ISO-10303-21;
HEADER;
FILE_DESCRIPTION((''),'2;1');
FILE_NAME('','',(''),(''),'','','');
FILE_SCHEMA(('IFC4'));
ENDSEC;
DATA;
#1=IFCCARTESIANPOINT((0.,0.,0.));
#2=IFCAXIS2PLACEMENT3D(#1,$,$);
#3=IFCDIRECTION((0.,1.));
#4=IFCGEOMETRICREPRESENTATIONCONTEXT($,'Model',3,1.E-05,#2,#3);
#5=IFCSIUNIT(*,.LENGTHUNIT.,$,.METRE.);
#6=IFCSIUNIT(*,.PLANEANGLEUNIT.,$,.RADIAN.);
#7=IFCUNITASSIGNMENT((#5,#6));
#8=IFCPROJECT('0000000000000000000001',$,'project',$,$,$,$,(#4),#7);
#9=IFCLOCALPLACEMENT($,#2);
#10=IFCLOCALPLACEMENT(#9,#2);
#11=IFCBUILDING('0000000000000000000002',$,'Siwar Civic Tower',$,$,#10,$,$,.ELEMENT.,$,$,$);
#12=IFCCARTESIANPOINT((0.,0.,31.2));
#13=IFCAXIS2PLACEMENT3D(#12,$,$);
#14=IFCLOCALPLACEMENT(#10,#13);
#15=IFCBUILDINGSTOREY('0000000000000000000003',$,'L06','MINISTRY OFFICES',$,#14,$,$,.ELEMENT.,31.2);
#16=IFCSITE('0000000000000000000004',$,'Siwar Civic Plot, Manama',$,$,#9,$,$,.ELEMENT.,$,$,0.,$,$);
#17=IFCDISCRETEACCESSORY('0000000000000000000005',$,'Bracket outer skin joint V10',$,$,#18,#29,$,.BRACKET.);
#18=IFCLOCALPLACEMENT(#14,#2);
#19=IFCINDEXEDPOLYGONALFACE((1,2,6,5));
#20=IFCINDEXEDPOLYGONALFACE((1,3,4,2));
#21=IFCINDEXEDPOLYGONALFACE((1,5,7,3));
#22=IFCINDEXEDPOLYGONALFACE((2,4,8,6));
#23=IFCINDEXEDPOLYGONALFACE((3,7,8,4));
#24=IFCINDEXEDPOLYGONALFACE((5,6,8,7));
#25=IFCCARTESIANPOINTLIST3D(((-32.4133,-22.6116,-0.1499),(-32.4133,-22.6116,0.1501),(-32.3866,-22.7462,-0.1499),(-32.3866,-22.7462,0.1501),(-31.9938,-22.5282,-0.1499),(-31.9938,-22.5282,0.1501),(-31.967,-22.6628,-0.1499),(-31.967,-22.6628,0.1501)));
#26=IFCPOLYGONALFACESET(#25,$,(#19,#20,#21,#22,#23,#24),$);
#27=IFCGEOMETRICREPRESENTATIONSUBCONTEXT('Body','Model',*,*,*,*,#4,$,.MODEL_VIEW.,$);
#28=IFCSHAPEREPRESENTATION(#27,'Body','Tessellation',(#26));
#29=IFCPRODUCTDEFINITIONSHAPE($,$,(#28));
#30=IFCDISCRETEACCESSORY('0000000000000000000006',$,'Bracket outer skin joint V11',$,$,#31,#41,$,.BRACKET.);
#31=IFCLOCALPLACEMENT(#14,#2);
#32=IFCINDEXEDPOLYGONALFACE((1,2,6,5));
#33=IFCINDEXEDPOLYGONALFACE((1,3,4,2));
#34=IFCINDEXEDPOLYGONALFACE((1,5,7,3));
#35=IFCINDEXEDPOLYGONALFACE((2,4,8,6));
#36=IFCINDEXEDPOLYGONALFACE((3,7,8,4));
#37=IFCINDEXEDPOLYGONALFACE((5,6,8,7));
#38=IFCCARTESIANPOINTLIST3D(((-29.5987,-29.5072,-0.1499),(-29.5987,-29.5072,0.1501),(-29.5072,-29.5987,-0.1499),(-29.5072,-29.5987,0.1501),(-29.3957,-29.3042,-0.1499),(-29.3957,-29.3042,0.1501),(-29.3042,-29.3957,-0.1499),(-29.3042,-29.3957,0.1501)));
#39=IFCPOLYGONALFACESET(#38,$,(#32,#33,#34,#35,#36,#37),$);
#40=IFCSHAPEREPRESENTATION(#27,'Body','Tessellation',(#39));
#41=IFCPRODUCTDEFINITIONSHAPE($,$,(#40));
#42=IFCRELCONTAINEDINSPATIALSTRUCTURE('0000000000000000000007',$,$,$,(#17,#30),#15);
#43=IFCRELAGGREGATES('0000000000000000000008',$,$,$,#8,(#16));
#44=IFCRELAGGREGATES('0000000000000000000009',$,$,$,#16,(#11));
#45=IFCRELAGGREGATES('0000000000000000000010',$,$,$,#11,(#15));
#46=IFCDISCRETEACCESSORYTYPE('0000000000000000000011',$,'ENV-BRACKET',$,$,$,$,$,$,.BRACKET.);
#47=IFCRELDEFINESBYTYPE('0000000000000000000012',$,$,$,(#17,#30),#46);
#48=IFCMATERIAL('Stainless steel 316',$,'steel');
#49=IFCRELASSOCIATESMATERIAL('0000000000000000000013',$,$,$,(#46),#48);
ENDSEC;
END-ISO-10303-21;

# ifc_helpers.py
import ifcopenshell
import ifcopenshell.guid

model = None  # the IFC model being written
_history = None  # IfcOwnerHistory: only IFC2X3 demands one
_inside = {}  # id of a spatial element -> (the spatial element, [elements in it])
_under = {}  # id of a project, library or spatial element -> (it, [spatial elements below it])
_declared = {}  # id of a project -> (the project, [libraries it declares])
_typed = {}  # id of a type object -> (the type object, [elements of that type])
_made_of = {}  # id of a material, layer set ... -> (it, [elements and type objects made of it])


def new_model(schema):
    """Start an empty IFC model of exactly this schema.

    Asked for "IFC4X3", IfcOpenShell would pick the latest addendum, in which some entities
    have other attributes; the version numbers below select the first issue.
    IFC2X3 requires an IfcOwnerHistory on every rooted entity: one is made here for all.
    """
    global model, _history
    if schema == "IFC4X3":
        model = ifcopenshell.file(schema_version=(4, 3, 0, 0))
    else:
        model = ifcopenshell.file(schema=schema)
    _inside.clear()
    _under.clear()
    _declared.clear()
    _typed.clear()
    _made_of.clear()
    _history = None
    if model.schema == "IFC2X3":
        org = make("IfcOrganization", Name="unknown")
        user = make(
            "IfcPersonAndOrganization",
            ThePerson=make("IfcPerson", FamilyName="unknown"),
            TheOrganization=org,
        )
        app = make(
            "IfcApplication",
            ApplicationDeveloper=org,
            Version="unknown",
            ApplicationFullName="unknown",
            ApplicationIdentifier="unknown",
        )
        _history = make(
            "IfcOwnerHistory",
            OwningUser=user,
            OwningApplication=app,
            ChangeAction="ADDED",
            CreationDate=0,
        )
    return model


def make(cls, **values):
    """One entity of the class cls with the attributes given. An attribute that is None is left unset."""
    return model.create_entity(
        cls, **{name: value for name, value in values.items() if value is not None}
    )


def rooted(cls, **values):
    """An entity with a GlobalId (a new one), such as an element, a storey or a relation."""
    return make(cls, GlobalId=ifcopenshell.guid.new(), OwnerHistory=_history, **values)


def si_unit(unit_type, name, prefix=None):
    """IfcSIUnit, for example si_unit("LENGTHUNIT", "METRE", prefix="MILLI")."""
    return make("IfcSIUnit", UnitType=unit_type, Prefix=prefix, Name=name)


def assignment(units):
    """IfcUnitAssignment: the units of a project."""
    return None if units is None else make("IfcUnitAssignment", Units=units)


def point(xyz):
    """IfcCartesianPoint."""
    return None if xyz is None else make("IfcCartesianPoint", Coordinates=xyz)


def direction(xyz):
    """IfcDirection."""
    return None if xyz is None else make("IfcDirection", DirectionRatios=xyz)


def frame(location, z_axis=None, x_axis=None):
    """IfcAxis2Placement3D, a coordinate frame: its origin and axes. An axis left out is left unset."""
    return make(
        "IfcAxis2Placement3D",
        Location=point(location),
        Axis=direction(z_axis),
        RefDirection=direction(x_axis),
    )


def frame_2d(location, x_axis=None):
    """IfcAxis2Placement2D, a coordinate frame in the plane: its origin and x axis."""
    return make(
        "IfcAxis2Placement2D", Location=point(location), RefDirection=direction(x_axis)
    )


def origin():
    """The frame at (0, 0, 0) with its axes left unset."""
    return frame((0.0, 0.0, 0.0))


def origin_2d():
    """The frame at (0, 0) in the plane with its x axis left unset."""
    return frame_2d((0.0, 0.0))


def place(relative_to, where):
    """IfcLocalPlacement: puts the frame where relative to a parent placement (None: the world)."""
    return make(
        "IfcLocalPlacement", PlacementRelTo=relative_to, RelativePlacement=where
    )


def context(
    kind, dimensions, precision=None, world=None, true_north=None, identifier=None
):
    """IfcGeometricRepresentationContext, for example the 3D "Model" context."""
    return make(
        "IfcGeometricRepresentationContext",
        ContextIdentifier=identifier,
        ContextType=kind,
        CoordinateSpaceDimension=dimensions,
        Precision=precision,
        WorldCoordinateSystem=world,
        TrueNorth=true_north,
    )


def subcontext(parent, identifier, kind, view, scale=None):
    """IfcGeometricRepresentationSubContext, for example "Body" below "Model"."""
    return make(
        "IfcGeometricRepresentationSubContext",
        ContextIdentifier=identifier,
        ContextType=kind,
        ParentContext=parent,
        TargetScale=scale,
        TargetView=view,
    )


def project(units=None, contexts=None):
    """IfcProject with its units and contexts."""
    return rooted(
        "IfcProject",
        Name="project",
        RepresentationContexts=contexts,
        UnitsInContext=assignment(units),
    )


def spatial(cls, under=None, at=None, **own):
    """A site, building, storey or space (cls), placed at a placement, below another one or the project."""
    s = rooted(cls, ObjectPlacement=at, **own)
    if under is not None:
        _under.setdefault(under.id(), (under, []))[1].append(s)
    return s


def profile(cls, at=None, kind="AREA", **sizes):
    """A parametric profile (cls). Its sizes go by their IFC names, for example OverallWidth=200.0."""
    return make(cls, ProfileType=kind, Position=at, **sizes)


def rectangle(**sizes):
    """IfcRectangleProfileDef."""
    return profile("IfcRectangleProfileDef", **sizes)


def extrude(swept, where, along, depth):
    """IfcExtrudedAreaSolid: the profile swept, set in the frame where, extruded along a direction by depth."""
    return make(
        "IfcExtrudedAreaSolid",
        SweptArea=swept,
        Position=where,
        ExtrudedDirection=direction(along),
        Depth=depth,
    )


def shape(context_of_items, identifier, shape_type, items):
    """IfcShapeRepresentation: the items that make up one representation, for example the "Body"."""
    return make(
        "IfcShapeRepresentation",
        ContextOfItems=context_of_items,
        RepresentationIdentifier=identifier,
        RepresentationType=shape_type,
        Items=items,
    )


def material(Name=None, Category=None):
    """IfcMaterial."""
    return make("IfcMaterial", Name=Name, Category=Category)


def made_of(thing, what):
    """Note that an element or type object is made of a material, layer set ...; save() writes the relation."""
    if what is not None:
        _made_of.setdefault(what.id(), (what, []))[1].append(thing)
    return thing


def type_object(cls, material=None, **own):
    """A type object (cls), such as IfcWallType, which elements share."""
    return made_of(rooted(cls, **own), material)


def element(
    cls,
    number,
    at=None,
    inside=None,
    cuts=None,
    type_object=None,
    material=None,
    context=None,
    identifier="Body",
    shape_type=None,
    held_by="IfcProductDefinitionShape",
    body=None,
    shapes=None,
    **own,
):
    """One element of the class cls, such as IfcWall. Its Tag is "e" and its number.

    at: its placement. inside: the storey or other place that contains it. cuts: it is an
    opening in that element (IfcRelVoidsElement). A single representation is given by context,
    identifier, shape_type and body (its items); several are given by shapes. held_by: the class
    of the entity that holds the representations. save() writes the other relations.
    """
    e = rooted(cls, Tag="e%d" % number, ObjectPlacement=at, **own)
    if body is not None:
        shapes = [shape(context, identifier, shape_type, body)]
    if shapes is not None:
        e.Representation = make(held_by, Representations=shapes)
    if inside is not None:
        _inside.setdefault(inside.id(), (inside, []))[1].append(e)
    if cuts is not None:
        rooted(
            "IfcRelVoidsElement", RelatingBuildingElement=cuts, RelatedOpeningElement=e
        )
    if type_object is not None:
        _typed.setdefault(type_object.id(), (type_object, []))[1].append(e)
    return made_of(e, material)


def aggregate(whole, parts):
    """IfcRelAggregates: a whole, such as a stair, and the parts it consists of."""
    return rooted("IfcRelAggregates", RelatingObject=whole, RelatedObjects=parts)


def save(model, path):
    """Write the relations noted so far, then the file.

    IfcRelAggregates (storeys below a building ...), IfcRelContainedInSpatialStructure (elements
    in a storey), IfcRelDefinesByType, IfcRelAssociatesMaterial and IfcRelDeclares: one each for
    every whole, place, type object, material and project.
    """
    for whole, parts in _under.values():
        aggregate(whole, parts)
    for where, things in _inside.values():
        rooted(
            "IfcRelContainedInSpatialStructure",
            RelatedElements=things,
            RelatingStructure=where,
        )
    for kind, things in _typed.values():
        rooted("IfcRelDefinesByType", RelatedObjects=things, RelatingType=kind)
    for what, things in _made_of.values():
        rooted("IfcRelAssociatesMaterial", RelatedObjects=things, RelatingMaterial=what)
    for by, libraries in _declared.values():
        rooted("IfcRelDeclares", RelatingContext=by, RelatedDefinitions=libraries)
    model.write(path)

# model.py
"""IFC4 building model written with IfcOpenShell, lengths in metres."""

from ifc_helpers import new_model, si_unit, direction, frame, origin, origin_2d, place, context, subcontext, project, spatial, rectangle, extrude, material, type_object, element, save


model = new_model("IFC4")

# Units and contexts
model_context = context("Model", 3, precision=1e-05, world=origin(), true_north=direction((0.0, 1.0)))
body_context = subcontext(model_context, "Body", "Model", "MODEL_VIEW")
ifc_project = project(units=[si_unit("LENGTHUNIT", "METRE"), si_unit("PLANEANGLEUNIT", "RADIAN")], contexts=[model_context])

# Site, building, storey
site_placement = place(None, origin())
site = spatial("IfcSite", under=ifc_project, at=site_placement, Name="Siwar Civic Plot, Manama", CompositionType="ELEMENT", RefElevation=0.0)
building_placement = place(site_placement, origin())
building = spatial("IfcBuilding", under=site, at=building_placement, Name="Siwar Civic Tower", CompositionType="ELEMENT")
storey_placement = place(building_placement, frame((0.0, 0.0, 31.2)))
storey = spatial("IfcBuildingStorey", under=building, at=storey_placement, Name="L06", Description="MINISTRY OFFICES", CompositionType="ELEMENT", Elevation=31.2)

# Discrete accessories
ifc_material_1 = material(Name="Stainless steel 316", Category="steel")
discrete_accessory_type = type_object("IfcDiscreteAccessoryType", Name="ENV-BRACKET", PredefinedType="BRACKET", material=ifc_material_1)
for number, where, z_axis, x_axis, name in (
    (1, (-32.1902, -22.6372, -0.1499), (0.0, 0.0, 1.0), (-0.980785, -0.19509, 0.0), "Bracket outer skin joint V10"),
):
    element("IfcDiscreteAccessory", number, at=place(storey_placement, frame(where, z_axis=z_axis, x_axis=x_axis)), inside=storey, type_object=discrete_accessory_type, Name=name, PredefinedType="BRACKET", context=body_context, shape_type="SweptSolid", body=[
        extrude(rectangle(XDim=0.4277, YDim=0.1372, at=origin_2d()), origin(), (0.0, 0.0, 1.0), 0.3),
    ])
discrete_accessory_placement = place(storey_placement, frame((-29.4514, -29.4514, -0.1499), z_axis=(0.0, 0.0, 1.0), x_axis=(-0.707107, -0.707107, 0.0)))
element("IfcDiscreteAccessory", 2, at=discrete_accessory_placement, inside=storey, type_object=discrete_accessory_type, Name="Bracket outer skin joint V11", PredefinedType="BRACKET", context=body_context, shape_type="SweptSolid", body=[
    extrude(rectangle(XDim=0.2871, YDim=0.1294, at=origin_2d()), origin(), (0.0, 0.0, 1.0), 0.3),
])

save(model, "model.ifc")
